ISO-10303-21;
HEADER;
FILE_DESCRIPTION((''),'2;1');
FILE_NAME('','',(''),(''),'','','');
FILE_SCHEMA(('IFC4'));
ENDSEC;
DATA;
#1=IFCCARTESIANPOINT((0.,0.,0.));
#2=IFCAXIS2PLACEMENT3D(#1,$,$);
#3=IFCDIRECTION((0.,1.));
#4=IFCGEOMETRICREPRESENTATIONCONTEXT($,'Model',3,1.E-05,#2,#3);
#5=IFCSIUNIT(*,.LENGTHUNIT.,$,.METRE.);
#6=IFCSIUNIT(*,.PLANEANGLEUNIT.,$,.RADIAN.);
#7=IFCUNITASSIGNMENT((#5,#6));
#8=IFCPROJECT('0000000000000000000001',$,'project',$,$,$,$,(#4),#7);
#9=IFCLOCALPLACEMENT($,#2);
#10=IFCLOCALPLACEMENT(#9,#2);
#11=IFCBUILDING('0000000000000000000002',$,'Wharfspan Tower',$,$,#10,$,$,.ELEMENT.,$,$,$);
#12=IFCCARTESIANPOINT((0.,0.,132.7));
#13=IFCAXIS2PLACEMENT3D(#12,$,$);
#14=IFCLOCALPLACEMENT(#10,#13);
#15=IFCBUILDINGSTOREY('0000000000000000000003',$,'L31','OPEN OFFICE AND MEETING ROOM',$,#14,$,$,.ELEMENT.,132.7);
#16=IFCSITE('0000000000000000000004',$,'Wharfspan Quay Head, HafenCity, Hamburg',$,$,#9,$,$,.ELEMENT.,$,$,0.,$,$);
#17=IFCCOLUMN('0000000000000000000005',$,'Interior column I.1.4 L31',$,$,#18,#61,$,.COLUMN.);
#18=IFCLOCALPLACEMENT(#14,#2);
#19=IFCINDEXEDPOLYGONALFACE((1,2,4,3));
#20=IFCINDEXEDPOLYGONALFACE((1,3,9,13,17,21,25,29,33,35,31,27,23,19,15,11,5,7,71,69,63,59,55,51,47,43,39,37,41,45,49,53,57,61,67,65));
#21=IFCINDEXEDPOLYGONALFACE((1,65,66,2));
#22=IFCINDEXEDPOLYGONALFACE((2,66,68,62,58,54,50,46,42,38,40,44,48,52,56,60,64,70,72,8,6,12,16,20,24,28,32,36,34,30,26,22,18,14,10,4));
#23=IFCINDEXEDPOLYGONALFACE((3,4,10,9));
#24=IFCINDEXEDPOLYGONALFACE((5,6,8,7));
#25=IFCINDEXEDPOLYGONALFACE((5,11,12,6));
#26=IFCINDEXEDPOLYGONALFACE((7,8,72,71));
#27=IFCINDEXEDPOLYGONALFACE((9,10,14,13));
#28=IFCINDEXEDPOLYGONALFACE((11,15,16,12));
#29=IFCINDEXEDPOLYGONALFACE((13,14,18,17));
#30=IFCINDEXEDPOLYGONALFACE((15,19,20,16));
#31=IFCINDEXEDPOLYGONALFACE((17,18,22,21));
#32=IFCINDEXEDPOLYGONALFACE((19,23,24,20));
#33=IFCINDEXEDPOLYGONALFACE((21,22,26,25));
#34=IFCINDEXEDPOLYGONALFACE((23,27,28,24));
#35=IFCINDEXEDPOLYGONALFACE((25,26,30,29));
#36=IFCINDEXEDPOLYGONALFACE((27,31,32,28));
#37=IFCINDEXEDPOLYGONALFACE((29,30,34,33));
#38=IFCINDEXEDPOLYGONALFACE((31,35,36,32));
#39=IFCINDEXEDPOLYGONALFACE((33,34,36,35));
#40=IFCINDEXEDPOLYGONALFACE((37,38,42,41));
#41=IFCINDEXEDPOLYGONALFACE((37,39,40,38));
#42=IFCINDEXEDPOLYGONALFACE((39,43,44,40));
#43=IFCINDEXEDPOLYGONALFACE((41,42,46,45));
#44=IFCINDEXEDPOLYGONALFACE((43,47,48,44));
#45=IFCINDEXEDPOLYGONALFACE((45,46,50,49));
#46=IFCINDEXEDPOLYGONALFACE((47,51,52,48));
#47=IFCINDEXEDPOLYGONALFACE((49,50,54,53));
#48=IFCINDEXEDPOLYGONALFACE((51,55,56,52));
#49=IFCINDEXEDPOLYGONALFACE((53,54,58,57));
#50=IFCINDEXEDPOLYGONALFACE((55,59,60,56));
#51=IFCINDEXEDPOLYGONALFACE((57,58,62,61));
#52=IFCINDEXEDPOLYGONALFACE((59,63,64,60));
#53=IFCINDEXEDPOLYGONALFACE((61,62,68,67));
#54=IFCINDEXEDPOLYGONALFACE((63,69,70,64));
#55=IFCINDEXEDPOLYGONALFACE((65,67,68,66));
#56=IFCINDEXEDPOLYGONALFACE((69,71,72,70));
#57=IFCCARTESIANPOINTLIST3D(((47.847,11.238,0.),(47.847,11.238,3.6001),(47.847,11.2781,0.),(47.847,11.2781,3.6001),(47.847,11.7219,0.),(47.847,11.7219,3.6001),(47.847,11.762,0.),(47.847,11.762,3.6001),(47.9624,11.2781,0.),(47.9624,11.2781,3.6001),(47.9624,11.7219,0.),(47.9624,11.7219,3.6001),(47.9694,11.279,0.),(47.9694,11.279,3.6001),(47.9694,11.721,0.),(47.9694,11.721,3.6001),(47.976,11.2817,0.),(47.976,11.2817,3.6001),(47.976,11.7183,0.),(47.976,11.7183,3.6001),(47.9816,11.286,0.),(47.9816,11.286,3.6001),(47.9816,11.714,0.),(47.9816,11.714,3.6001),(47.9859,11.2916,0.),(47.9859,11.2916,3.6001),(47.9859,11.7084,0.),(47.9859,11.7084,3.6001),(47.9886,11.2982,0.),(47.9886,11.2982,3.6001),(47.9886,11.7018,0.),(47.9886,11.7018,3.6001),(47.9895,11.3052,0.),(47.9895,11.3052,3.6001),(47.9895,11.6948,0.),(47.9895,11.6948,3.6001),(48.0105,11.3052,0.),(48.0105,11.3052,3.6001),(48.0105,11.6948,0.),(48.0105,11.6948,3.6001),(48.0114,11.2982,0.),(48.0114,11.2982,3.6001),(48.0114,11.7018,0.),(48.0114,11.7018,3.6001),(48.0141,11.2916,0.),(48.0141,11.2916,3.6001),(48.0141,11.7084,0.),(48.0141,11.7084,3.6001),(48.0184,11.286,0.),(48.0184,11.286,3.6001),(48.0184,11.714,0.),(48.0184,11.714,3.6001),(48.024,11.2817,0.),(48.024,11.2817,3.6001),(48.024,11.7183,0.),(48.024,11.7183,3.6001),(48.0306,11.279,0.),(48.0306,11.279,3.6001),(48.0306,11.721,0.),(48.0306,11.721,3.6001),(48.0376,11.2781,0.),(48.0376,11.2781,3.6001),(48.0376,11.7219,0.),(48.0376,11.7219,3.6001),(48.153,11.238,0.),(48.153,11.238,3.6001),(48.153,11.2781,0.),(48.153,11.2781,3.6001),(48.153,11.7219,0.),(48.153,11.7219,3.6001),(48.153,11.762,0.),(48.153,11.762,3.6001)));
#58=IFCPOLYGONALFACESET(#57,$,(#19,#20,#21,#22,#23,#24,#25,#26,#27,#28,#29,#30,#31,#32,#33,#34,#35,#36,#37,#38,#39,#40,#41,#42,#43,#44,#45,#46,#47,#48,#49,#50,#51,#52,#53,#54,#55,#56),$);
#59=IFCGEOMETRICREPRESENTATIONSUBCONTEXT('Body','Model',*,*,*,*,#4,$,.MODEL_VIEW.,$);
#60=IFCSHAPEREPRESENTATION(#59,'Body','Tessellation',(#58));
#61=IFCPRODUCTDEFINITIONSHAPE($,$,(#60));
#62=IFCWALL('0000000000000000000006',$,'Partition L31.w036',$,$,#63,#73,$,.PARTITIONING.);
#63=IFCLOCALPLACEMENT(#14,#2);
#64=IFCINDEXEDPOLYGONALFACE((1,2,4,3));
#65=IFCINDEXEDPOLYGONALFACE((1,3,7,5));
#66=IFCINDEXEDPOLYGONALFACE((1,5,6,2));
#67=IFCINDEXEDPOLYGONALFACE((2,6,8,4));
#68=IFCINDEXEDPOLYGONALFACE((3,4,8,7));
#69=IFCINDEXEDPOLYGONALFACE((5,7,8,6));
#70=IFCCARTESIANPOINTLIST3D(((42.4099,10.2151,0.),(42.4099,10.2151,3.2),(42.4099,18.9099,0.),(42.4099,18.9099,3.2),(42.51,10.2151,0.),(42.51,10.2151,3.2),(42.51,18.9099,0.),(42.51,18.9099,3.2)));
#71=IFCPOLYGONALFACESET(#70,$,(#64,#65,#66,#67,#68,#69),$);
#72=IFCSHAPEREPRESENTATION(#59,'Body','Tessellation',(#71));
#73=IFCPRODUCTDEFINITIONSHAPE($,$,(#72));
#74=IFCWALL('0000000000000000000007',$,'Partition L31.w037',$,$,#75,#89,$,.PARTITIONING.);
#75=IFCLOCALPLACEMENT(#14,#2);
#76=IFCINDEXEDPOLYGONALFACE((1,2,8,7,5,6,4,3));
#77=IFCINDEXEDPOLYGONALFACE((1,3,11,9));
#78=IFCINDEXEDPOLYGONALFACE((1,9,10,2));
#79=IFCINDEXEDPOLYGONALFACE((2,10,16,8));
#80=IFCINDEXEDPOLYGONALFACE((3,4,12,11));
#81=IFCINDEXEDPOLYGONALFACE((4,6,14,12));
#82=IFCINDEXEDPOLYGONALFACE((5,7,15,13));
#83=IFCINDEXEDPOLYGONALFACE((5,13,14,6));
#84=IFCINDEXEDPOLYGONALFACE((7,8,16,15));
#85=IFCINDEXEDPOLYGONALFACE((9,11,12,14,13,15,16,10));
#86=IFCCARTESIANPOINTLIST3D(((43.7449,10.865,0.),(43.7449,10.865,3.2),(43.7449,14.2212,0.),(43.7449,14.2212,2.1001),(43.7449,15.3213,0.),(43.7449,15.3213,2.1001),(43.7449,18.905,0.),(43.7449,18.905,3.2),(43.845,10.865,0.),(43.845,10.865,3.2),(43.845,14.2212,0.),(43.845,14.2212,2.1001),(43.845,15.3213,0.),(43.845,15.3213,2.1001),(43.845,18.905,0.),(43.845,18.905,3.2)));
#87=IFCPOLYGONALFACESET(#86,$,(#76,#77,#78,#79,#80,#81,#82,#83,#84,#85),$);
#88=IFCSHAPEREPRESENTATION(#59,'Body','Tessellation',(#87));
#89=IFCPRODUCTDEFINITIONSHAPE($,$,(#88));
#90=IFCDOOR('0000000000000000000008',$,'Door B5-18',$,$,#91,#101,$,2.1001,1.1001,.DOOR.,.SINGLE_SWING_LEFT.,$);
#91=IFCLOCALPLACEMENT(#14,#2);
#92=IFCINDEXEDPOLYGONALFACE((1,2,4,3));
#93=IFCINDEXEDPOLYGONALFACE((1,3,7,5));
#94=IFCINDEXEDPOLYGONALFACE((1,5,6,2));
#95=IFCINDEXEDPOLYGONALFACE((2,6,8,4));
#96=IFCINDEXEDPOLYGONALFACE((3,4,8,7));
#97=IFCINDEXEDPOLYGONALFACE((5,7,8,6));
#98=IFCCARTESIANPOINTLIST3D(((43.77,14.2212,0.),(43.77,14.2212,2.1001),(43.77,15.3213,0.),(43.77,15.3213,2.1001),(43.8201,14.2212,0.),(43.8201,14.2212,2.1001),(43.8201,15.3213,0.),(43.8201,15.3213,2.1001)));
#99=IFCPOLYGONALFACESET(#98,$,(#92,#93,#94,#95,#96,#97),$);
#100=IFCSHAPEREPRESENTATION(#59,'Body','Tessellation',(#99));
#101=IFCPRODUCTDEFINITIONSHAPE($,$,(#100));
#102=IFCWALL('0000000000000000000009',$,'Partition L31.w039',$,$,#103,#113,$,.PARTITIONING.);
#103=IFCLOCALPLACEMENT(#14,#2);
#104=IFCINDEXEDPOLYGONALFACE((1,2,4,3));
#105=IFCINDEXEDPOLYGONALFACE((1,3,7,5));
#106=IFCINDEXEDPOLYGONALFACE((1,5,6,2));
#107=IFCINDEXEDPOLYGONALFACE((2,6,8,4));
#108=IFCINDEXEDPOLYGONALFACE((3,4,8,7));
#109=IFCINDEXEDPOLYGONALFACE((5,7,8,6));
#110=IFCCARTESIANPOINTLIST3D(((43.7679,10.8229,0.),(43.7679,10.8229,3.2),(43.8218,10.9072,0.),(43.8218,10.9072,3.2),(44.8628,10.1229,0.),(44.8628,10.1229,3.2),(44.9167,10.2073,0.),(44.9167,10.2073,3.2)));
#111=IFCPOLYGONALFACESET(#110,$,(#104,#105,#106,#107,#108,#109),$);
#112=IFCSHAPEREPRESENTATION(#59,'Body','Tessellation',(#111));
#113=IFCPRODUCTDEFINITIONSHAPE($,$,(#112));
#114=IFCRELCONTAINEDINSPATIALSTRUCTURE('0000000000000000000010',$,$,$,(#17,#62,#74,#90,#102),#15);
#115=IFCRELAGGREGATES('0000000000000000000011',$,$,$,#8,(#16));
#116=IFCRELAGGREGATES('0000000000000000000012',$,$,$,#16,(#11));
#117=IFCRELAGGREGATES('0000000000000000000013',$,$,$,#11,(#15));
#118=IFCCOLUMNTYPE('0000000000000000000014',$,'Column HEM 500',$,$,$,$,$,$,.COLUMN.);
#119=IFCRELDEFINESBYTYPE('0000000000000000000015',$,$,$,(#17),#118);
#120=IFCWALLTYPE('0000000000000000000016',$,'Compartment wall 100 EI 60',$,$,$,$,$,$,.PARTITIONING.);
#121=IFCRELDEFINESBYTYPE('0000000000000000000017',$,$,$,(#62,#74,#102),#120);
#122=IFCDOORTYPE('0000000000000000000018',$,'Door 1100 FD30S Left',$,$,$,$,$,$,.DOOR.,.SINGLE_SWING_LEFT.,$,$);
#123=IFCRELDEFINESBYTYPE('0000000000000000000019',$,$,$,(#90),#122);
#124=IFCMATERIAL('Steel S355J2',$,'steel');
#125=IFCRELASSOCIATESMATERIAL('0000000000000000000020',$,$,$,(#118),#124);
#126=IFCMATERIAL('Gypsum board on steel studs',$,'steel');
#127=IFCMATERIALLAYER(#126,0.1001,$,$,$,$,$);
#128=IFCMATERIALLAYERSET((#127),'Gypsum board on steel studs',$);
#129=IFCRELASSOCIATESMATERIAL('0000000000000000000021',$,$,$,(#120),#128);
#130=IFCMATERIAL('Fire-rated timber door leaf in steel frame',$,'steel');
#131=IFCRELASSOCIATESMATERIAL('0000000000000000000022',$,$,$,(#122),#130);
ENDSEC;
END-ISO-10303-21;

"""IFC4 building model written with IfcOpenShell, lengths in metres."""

from ifc_helpers import new_model, si_unit, direction, frame, frame_2d, origin, origin_2d, place, context, subcontext, project, spatial, rectangle, i_section, extrude, material, layer, layer_set, material_profile, profile_set, type_object, element, fill, save


model = new_model("IFC4")

# Units and contexts
model_context = context("Model", 3, precision=1e-05, world=origin(), true_north=direction((0.0, 1.0)))
body_context = subcontext(model_context, "Body", "Model", "MODEL_VIEW")
ifc_project = project(units=[si_unit("LENGTHUNIT", "METRE"), si_unit("PLANEANGLEUNIT", "RADIAN")], contexts=[model_context])

# Site, building, storey
site_placement = place(None, origin())
site = spatial("IfcSite", under=ifc_project, at=site_placement, Name="Wharfspan Quay Head, HafenCity, Hamburg", CompositionType="ELEMENT", RefElevation=0.0)
building_placement = place(site_placement, origin())
building = spatial("IfcBuilding", under=site, at=building_placement, Name="Wharfspan Tower", CompositionType="ELEMENT")
storey_placement = place(building_placement, frame((0.0, 0.0, 132.7)))
storey = spatial("IfcBuildingStorey", under=building, at=storey_placement, Name="L31", Description="OPEN OFFICE AND MEETING ROOM", CompositionType="ELEMENT", Elevation=132.7)

# Column
ifc_material_1 = material(Name="Steel S355J2", Category="steel")
ifc_material_profile = material_profile(ifc_material_1, i_section(OverallWidth=0.3059, OverallDepth=0.5239, WebThickness=0.021, FlangeThickness=0.04, FilletRadius=0.0271, at=origin_2d()))
ifc_profile_set = profile_set([ifc_material_profile], Name="Steel S355J2")
column_type = type_object("IfcColumnType", Name="Column HEM 500", PredefinedType="COLUMN", material=ifc_profile_set)
column_placement = place(storey_placement, frame((48.0, 11.5, 0.0), z_axis=(0.0, 0.0, 1.0), x_axis=(1.0, 0.0, 0.0)))
element("IfcColumn", 1, at=column_placement, inside=storey, type_object=column_type, Name="Interior column I.1.4 L31", PredefinedType="COLUMN", context=body_context, shape_type="SweptSolid", body=[
    extrude(i_section(OverallWidth=0.3059, OverallDepth=0.5239, WebThickness=0.021, FlangeThickness=0.04, FilletRadius=0.0271, at=origin_2d()), origin(), (0.0, 0.0, 1.0), 3.6001),
])

# Wall
ifc_material_2 = material(Name="Gypsum board on steel studs", Category="steel")
ifc_layer = layer(ifc_material_2, 0.1001)
ifc_layer_set = layer_set([ifc_layer], Name="Gypsum board on steel studs")
wall_type = type_object("IfcWallType", Name="Compartment wall 100 EI 60", PredefinedType="PARTITIONING", material=ifc_layer_set)
wall_1_placement = place(storey_placement, frame((42.46, 10.2151, 0.0), z_axis=(0.0, 0.0, 1.0), x_axis=(0.0, 1.0, 0.0)))
element("IfcWall", 2, at=wall_1_placement, inside=storey, type_object=wall_type, Name="Partition L31.w036", PredefinedType="PARTITIONING", context=body_context, shape_type="SweptSolid", body=[
    extrude(rectangle(XDim=8.6948, YDim=0.1001, at=frame_2d((4.3474, 0.0))), origin(), (0.0, 0.0, 1.0), 3.2),
])

# Wall, opening, door
wall_2_placement = place(storey_placement, frame((43.7949, 10.865, 0.0), z_axis=(0.0, 0.0, 1.0), x_axis=(0.0, 1.0, 0.0)))
wall_2 = element("IfcWall", 3, at=wall_2_placement, inside=storey, type_object=wall_type, Name="Partition L31.w037", PredefinedType="PARTITIONING", context=body_context, shape_type="SweptSolid", body=[
    extrude(rectangle(XDim=8.04, YDim=0.1001, at=frame_2d((4.02, 0.0))), origin(), (0.0, 0.0, 1.0), 3.2),
])
opening_1_placement = place(wall_2_placement, frame((3.3562, 0.0, 0.0)))
opening_1 = element("IfcOpeningElement", 4, at=opening_1_placement, cuts=wall_2, PredefinedType="OPENING", context=body_context, shape_type="SweptSolid", body=[
    extrude(rectangle(XDim=1.1001, YDim=2.1001, at=frame_2d((0.55, 1.05))), frame((0.0, 0.0601, 0.0), z_axis=(0.0, -1.0, 0.0), x_axis=(1.0, 0.0, 0.0)), (0.0, 0.0, 1.0), 0.1201),
])
ifc_material_3 = material(Name="Fire-rated timber door leaf in steel frame", Category="steel")
door_type_1 = type_object("IfcDoorType", Name="Door 1100 FD30S Left", OperationType="SINGLE_SWING_LEFT", PredefinedType="DOOR", material=ifc_material_3)
door_1_placement = place(opening_1_placement, origin())
door_1 = element("IfcDoor", 5, at=door_1_placement, inside=storey, type_object=door_type_1, Name="Door B5-18", OperationType="SINGLE_SWING_LEFT", OverallHeight=2.1001, OverallWidth=1.1001, PredefinedType="DOOR", context=body_context, shape_type="SweptSolid", body=[
    extrude(rectangle(XDim=1.1001, YDim=2.1001, at=frame_2d((0.55, 1.05))), frame((0.0, 0.0249, 0.0), z_axis=(0.0, -1.0, 0.0), x_axis=(1.0, 0.0, 0.0)), (0.0, 0.0, 1.0), 0.05),
])
fill(opening_1, door_1)

# Wall
wall_3_placement = place(storey_placement, frame((44.8899, 10.165, 0.0), z_axis=(0.0, 0.0, 1.0), x_axis=(-0.842559, 0.538599, 0.0)))
element("IfcWall", 6, at=wall_3_placement, inside=storey, type_object=wall_type, Name="Partition L31.w039", PredefinedType="PARTITIONING", context=body_context, shape_type="SweptSolid", body=[
    extrude(rectangle(XDim=1.2996, YDim=0.1001, at=frame_2d((0.6499, 0.0))), origin(), (0.0, 0.0, 1.0), 3.2),
])

save(model, "model.ifc")
